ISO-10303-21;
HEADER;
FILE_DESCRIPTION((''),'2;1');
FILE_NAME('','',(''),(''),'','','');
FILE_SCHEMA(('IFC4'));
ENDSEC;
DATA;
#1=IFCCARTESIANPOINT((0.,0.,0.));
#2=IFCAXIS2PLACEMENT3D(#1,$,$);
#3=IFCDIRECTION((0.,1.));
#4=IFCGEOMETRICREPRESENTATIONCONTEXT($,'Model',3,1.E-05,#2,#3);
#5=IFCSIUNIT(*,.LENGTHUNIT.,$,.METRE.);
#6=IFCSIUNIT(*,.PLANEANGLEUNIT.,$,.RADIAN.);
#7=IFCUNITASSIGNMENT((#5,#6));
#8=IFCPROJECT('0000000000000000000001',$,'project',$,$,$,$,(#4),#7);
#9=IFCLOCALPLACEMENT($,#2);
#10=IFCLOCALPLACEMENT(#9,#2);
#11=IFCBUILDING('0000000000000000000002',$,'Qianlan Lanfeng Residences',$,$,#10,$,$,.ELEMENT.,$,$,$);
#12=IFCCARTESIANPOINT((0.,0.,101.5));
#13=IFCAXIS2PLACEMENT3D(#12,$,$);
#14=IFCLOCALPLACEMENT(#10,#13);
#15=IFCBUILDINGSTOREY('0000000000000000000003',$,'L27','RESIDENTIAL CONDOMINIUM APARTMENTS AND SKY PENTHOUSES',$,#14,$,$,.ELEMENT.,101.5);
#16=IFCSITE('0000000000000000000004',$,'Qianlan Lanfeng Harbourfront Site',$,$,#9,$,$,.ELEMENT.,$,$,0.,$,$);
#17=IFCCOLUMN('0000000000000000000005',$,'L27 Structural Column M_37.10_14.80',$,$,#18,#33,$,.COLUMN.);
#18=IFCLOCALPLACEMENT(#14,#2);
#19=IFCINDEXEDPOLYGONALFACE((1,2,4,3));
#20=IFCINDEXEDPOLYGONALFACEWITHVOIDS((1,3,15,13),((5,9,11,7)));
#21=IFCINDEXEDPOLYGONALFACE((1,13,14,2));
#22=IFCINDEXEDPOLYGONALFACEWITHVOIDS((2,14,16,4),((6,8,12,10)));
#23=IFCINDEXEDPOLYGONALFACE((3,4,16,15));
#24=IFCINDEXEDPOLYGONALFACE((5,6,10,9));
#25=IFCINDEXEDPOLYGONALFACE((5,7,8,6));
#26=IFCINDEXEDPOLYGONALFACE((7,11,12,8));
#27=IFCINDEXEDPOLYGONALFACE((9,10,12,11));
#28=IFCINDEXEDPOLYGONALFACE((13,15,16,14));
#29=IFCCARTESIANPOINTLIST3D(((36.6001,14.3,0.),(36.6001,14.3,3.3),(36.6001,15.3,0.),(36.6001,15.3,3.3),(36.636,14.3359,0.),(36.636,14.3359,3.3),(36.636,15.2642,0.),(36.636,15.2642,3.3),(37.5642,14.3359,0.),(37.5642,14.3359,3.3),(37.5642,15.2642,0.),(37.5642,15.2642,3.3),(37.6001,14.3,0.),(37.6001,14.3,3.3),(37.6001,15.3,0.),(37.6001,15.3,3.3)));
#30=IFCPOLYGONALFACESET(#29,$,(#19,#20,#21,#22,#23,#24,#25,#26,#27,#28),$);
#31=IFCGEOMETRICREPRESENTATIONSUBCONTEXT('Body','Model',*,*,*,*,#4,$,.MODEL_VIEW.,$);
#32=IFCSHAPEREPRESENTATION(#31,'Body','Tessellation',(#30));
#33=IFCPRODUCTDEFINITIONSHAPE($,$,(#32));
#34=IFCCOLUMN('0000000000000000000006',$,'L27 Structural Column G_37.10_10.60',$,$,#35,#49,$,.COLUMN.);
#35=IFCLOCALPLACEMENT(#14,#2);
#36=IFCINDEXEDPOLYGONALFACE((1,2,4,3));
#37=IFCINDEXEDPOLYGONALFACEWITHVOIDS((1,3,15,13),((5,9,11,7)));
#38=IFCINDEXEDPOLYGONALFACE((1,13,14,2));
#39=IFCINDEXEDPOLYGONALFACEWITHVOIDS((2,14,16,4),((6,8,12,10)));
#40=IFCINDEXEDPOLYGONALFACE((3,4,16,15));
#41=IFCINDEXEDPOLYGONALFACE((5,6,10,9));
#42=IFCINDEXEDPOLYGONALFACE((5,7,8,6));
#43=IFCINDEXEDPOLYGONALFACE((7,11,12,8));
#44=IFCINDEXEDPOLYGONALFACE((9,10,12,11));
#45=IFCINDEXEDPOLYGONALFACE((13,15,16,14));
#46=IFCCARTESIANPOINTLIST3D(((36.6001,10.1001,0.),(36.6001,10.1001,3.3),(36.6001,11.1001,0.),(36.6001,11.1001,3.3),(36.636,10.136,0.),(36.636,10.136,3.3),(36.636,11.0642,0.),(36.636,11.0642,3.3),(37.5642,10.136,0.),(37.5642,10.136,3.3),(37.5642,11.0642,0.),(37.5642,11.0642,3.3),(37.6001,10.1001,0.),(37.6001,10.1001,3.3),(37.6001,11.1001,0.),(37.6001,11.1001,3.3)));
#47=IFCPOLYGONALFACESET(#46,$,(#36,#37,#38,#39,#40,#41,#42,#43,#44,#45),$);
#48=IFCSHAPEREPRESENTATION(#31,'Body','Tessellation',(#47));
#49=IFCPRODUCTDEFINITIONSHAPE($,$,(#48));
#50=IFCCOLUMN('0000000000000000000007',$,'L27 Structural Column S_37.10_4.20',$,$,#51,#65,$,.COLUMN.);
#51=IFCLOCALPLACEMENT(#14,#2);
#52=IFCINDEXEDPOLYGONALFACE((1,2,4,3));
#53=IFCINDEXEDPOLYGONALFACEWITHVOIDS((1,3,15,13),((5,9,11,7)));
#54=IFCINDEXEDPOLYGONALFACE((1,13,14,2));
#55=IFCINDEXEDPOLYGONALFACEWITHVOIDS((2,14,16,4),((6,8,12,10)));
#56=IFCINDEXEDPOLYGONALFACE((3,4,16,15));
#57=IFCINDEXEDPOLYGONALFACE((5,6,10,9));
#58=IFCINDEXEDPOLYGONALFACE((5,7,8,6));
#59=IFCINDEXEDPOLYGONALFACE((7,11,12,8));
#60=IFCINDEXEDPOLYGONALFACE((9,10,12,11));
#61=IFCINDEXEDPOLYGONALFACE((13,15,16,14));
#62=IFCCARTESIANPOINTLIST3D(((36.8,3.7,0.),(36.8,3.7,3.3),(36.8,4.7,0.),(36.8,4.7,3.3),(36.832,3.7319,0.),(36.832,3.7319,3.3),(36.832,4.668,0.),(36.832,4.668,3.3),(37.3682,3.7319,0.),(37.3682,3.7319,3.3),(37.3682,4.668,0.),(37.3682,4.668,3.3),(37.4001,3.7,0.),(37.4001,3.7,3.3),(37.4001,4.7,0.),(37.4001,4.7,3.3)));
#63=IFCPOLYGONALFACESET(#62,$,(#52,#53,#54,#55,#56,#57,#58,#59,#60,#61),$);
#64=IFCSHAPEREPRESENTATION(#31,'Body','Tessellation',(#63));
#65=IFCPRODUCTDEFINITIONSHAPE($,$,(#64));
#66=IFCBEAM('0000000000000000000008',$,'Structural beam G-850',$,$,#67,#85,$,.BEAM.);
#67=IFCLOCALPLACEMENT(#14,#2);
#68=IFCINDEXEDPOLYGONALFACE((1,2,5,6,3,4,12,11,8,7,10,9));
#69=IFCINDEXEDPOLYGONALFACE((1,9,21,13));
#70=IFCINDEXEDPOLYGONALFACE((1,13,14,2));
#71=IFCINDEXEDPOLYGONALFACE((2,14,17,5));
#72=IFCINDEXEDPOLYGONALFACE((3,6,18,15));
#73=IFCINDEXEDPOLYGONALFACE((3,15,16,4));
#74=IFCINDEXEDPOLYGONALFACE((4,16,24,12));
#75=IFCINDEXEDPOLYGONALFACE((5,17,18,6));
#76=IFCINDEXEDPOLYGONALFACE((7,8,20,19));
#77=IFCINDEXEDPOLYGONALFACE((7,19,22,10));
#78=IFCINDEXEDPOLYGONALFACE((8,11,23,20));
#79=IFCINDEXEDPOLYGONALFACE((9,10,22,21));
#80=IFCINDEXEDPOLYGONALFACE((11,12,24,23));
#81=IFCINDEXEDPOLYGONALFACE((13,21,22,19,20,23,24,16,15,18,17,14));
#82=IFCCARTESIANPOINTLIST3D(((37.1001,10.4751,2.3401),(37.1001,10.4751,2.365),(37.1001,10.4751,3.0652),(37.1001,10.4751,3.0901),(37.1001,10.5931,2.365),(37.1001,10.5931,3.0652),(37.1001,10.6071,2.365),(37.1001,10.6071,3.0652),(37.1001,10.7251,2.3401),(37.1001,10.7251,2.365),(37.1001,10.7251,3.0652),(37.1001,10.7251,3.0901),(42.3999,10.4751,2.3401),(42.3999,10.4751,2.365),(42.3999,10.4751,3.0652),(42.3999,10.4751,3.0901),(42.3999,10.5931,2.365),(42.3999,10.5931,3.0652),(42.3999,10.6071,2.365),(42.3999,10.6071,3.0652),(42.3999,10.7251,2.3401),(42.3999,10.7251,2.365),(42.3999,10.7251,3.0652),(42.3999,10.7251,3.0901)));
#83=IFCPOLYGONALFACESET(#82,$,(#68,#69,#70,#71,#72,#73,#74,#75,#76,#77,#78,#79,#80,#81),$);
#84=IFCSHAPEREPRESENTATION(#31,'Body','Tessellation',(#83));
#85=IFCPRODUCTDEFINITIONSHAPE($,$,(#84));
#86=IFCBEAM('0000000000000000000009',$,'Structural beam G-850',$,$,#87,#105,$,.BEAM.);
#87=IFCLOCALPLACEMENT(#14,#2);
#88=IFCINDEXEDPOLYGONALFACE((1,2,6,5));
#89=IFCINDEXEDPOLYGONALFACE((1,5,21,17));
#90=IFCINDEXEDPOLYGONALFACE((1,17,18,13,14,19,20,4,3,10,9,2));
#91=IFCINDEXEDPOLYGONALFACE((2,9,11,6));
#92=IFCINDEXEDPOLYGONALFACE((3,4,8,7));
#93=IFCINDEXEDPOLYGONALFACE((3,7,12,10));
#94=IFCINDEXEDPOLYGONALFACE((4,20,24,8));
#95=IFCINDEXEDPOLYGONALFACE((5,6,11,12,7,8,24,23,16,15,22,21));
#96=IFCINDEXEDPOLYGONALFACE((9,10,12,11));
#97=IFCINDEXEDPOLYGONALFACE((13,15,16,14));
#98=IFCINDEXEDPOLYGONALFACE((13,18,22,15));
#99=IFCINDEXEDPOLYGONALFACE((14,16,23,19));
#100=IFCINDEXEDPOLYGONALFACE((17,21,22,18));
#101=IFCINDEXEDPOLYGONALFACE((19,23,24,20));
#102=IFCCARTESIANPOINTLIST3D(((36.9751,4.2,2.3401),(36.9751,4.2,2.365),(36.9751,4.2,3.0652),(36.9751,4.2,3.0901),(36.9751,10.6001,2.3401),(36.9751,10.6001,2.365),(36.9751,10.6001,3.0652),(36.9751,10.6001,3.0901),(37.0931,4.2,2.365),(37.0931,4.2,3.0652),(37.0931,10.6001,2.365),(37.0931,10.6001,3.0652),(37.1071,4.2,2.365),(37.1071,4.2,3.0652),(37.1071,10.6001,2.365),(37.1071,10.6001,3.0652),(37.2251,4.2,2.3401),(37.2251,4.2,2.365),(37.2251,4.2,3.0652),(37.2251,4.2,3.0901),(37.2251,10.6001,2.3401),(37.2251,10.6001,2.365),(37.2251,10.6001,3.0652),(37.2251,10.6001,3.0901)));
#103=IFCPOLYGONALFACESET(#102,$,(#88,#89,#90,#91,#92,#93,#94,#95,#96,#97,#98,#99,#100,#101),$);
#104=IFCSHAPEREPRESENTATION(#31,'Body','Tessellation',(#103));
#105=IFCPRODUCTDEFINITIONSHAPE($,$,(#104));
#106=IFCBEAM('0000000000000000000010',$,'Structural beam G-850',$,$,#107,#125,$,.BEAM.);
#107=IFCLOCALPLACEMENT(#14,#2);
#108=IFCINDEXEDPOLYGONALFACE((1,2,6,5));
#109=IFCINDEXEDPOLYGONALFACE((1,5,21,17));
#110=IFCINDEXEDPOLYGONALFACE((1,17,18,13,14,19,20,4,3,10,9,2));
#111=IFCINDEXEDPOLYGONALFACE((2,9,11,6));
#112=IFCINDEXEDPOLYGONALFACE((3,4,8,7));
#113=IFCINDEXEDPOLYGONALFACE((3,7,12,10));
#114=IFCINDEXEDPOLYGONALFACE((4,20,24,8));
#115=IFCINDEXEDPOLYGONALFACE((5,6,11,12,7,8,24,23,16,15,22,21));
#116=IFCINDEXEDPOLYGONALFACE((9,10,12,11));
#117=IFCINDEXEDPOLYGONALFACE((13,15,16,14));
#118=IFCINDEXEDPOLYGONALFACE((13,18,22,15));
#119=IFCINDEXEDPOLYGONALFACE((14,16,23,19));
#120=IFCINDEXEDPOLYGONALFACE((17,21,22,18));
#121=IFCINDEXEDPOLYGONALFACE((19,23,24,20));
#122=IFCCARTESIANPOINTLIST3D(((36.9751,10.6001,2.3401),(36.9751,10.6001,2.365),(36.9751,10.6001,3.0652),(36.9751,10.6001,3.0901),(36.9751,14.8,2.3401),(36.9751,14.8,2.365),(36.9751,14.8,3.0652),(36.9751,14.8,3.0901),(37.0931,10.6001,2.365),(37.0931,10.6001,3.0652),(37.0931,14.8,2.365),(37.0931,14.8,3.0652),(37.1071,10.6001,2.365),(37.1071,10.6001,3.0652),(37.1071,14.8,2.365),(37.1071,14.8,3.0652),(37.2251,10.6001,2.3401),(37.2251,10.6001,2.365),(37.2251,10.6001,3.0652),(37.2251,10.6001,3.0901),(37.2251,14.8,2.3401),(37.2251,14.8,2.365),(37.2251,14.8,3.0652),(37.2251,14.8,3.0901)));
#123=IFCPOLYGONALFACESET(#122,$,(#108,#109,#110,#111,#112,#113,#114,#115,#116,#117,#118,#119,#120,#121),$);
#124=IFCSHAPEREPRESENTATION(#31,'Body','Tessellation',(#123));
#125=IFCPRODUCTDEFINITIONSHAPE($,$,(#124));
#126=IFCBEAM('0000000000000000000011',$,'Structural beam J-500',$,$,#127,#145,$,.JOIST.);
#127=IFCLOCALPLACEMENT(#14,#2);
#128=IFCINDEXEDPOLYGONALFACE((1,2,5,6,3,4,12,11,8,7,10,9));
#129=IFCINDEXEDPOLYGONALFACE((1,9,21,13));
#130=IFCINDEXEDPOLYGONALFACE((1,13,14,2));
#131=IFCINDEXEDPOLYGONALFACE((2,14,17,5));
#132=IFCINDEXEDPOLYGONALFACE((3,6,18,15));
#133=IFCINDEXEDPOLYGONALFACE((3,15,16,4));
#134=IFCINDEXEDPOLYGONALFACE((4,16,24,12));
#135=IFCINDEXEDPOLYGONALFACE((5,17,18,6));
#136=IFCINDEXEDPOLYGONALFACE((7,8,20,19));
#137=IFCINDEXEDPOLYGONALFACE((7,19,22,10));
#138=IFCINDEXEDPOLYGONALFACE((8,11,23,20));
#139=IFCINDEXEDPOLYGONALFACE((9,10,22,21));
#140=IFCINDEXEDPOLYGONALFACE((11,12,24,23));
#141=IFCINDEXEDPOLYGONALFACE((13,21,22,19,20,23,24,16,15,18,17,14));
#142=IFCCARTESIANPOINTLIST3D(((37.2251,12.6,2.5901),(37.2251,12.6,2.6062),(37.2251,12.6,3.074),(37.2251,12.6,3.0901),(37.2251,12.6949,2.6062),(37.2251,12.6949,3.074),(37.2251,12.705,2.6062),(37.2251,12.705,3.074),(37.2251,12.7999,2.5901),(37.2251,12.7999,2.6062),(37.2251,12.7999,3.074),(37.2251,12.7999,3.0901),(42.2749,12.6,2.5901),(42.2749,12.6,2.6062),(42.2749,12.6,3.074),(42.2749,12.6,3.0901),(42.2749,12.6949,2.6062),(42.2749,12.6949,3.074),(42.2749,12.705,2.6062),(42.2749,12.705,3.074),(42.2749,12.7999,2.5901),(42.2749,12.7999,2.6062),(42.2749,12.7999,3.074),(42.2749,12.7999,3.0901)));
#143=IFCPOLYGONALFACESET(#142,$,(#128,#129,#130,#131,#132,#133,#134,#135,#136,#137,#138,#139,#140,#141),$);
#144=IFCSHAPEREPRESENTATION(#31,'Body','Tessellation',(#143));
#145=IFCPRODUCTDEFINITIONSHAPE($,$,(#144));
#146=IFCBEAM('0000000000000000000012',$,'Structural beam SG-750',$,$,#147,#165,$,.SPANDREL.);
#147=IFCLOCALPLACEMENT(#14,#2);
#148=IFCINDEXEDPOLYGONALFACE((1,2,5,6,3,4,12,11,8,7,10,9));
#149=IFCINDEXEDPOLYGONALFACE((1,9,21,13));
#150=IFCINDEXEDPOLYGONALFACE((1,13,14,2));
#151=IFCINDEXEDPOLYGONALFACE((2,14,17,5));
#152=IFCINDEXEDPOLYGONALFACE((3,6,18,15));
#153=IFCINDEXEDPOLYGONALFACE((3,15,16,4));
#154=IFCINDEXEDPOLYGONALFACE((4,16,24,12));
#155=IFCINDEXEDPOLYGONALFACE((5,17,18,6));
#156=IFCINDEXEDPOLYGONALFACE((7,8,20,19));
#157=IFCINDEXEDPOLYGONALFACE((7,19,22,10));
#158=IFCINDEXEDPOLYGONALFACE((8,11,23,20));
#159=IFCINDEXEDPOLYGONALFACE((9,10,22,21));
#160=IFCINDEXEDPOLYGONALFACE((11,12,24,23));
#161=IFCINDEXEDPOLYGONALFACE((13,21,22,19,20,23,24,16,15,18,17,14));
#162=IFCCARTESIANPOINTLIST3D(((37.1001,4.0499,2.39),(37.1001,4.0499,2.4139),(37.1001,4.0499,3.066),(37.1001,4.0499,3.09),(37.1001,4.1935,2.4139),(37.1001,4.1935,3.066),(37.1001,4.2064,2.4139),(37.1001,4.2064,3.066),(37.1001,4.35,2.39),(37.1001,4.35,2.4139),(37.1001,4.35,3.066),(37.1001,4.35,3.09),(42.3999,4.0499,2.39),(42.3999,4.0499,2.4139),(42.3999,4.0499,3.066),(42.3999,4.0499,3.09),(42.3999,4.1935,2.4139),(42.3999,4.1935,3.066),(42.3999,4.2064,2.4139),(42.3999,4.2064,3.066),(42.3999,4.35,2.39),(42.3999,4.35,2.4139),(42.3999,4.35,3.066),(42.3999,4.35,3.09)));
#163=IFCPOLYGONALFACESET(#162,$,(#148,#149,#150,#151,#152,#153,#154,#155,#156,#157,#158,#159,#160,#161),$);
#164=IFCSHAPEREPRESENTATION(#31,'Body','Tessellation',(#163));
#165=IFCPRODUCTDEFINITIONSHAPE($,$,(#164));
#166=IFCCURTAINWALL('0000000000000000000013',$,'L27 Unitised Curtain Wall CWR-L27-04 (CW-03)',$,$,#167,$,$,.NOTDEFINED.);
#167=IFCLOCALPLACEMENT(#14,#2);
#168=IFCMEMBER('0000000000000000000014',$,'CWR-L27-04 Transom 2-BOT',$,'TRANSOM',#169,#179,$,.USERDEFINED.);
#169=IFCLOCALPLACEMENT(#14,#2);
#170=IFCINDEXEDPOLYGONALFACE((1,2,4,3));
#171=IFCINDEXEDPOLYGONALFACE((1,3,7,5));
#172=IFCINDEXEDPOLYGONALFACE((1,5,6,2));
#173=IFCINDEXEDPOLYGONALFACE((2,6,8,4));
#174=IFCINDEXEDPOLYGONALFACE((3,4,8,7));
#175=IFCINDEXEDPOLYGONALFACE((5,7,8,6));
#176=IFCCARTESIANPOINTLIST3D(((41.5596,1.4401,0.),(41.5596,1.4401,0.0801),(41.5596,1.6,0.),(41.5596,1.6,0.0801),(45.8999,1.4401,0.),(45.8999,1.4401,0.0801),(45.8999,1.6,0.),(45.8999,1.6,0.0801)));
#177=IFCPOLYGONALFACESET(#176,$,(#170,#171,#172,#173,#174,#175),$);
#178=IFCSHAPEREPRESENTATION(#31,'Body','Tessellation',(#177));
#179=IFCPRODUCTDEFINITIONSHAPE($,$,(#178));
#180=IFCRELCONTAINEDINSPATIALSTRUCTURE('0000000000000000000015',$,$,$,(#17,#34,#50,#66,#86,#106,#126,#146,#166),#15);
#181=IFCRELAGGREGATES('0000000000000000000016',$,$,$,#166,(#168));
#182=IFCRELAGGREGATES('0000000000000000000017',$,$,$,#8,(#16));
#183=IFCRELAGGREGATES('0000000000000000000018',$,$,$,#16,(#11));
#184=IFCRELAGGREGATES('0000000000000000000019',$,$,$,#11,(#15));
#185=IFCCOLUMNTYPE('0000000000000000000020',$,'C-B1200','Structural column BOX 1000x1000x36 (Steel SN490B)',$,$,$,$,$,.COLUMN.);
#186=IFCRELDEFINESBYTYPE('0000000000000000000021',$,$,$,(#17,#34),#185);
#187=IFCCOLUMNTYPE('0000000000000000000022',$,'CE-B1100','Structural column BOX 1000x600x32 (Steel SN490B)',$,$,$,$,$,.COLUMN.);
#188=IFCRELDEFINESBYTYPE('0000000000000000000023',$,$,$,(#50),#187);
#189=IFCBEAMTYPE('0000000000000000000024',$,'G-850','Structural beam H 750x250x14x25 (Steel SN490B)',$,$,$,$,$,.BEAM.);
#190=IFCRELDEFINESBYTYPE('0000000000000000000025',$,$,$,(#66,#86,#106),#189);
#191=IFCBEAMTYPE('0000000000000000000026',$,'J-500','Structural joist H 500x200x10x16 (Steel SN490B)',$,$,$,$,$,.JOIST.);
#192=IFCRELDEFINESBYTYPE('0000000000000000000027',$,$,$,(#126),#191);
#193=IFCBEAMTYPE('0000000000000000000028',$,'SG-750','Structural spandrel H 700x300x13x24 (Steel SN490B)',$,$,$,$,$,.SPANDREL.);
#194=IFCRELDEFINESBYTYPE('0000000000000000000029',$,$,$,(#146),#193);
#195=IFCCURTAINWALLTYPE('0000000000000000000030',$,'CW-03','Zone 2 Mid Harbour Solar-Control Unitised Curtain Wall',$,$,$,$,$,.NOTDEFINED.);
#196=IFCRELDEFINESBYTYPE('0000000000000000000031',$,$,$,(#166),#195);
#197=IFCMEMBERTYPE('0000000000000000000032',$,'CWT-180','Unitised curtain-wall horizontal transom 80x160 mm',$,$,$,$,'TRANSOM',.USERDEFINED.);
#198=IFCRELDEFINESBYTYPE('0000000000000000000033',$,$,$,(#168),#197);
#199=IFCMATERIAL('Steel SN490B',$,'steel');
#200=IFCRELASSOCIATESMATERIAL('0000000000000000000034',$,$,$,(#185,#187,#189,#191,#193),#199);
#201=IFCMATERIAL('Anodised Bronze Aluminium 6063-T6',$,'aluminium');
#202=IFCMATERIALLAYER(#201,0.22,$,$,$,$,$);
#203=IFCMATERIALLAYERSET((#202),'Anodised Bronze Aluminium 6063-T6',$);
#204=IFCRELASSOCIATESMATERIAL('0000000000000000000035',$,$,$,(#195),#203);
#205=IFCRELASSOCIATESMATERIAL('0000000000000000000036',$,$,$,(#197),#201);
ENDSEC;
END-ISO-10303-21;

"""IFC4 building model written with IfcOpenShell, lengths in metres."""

from ifc_helpers import new_model, si_unit, direction, frame, origin, origin_2d, place, context, subcontext, project, spatial, rectangle, hollow_rectangle, i_section, extrude, source, transform, mapped, material, layer, layer_set, material_profile, profile_set, type_object, element, aggregate, save


model = new_model("IFC4")

# Units and contexts
model_context = context("Model", 3, precision=1e-05, world=origin(), true_north=direction((0.0, 1.0)))
body_context = subcontext(model_context, "Body", "Model", "MODEL_VIEW")
ifc_project = project(units=[si_unit("LENGTHUNIT", "METRE"), si_unit("PLANEANGLEUNIT", "RADIAN")], contexts=[model_context])

# Site, building, storey
site_placement = place(None, origin())
site = spatial("IfcSite", under=ifc_project, at=site_placement, Name="Qianlan Lanfeng Harbourfront Site", CompositionType="ELEMENT", RefElevation=0.0)
building_placement = place(site_placement, origin())
building = spatial("IfcBuilding", under=site, at=building_placement, Name="Qianlan Lanfeng Residences", CompositionType="ELEMENT")
storey_placement = place(building_placement, frame((0.0, 0.0, 101.5)))
storey = spatial("IfcBuildingStorey", under=building, at=storey_placement, Name="L27", Description="RESIDENTIAL CONDOMINIUM APARTMENTS AND SKY PENTHOUSES", CompositionType="ELEMENT", Elevation=101.5)

# Columns
ifc_material_1 = material(Name="Steel SN490B", Category="steel")
ifc_material_profile_1 = material_profile(ifc_material_1, hollow_rectangle(XDim=1.0, YDim=1.0, WallThickness=0.0359, at=origin_2d()), Name="BOX 1000x1000x36")
ifc_profile_set_1 = profile_set([ifc_material_profile_1], Name="Steel SN490B")
column_type_1 = type_object("IfcColumnType", Name="C-B1200", Description="Structural column BOX 1000x1000x36 (Steel SN490B)", PredefinedType="COLUMN", material=ifc_profile_set_1)
for number, where, z_axis, x_axis, name in (
    (1, (37.1001, 14.8, 0.0), (0.0, 0.0, 1.0), (1.0, 0.0, 0.0), "L27 Structural Column M_37.10_14.80"),
    (2, (37.1001, 10.6001, 0.0), (0.0, 0.0, 1.0), (1.0, 0.0, 0.0), "L27 Structural Column G_37.10_10.60"),
):
    element("IfcColumn", number, at=place(storey_placement, frame(where, z_axis=z_axis, x_axis=x_axis)), inside=storey, type_object=column_type_1, Name=name, PredefinedType="COLUMN", context=body_context, shape_type="SweptSolid", body=[
        extrude(hollow_rectangle(XDim=1.0, YDim=1.0, WallThickness=0.0359, at=origin_2d()), origin(), (0.0, 0.0, 1.0), 3.3),
    ])
ifc_material_profile_2 = material_profile(ifc_material_1, hollow_rectangle(XDim=0.6001, YDim=1.0, WallThickness=0.032, at=origin_2d()), Name="BOX 1000x600x32")
ifc_profile_set_2 = profile_set([ifc_material_profile_2], Name="Steel SN490B")
column_type_2 = type_object("IfcColumnType", Name="CE-B1100", Description="Structural column BOX 1000x600x32 (Steel SN490B)", PredefinedType="COLUMN", material=ifc_profile_set_2)
column_placement = place(storey_placement, frame((37.1001, 4.2, 0.0), z_axis=(0.0, 0.0, 1.0), x_axis=(1.0, 0.0, 0.0)))
element("IfcColumn", 3, at=column_placement, inside=storey, type_object=column_type_2, Name="L27 Structural Column S_37.10_4.20", PredefinedType="COLUMN", context=body_context, shape_type="SweptSolid", body=[
    extrude(hollow_rectangle(XDim=0.6001, YDim=1.0, WallThickness=0.032, at=origin_2d()), origin(), (0.0, 0.0, 1.0), 3.3),
])

# Beams
ifc_material_profile_3 = material_profile(ifc_material_1, i_section(OverallWidth=0.25, OverallDepth=0.75, WebThickness=0.0139, FlangeThickness=0.0249, at=origin_2d()), Name="H 750x250x14x25")
ifc_profile_set_3 = profile_set([ifc_material_profile_3], Name="Steel SN490B")
beam_type_1 = type_object("IfcBeamType", Name="G-850", Description="Structural beam H 750x250x14x25 (Steel SN490B)", PredefinedType="BEAM", material=ifc_profile_set_3)
beam_1_placement = place(storey_placement, frame((37.1001, 10.6001, 2.7151), z_axis=(1.0, 0.0, 0.0), x_axis=(0.0, 1.0, 0.0)))
element("IfcBeam", 4, at=beam_1_placement, inside=storey, type_object=beam_type_1, Name="Structural beam G-850", PredefinedType="BEAM", context=body_context, shape_type="SweptSolid", body=[
    extrude(i_section(OverallWidth=0.25, OverallDepth=0.75, WebThickness=0.0139, FlangeThickness=0.0249, at=origin_2d()), origin(), (0.0, 0.0, 1.0), 5.2998),
])
beam_2_placement = place(storey_placement, frame((37.1001, 4.2, 2.7151), z_axis=(0.0, 1.0, 0.0), x_axis=(-1.0, 0.0, 0.0)))
element("IfcBeam", 5, at=beam_2_placement, inside=storey, type_object=beam_type_1, Name="Structural beam G-850", PredefinedType="BEAM", context=body_context, shape_type="SweptSolid", body=[
    extrude(i_section(OverallWidth=0.25, OverallDepth=0.75, WebThickness=0.0139, FlangeThickness=0.0249, at=origin_2d()), origin(), (0.0, 0.0, 1.0), 6.4001),
])
beam_3_placement = place(storey_placement, frame((37.1001, 10.6001, 2.7151), z_axis=(0.0, 1.0, 0.0), x_axis=(-1.0, 0.0, 0.0)))
element("IfcBeam", 6, at=beam_3_placement, inside=storey, type_object=beam_type_1, Name="Structural beam G-850", PredefinedType="BEAM", context=body_context, shape_type="SweptSolid", body=[
    extrude(i_section(OverallWidth=0.25, OverallDepth=0.75, WebThickness=0.0139, FlangeThickness=0.0249, at=origin_2d()), origin(), (0.0, 0.0, 1.0), 4.2),
])
ifc_material_profile_4 = material_profile(ifc_material_1, i_section(OverallWidth=0.2, OverallDepth=0.5, WebThickness=0.01, FlangeThickness=0.0161, at=origin_2d()), Name="H 500x200x10x16")
ifc_profile_set_4 = profile_set([ifc_material_profile_4], Name="Steel SN490B")
beam_type_2 = type_object("IfcBeamType", Name="J-500", Description="Structural joist H 500x200x10x16 (Steel SN490B)", PredefinedType="JOIST", material=ifc_profile_set_4)
beam_4_placement = place(storey_placement, frame((37.2251, 12.7, 2.8401), z_axis=(1.0, 0.0, 0.0), x_axis=(0.0, 1.0, 0.0)))
element("IfcBeam", 7, at=beam_4_placement, inside=storey, type_object=beam_type_2, Name="Structural beam J-500", PredefinedType="JOIST", context=body_context, shape_type="SweptSolid", body=[
    extrude(i_section(OverallWidth=0.2, OverallDepth=0.5, WebThickness=0.01, FlangeThickness=0.0161, at=origin_2d()), origin(), (0.0, 0.0, 1.0), 5.0498),
])
ifc_material_profile_5 = material_profile(ifc_material_1, i_section(OverallWidth=0.3, OverallDepth=0.7, WebThickness=0.0129, FlangeThickness=0.0239, at=origin_2d()), Name="H 700x300x13x24")
ifc_profile_set_5 = profile_set([ifc_material_profile_5], Name="Steel SN490B")
beam_type_3 = type_object("IfcBeamType", Name="SG-750", Description="Structural spandrel H 700x300x13x24 (Steel SN490B)", PredefinedType="SPANDREL", material=ifc_profile_set_5)
beam_5_placement = place(storey_placement, frame((37.1001, 4.2, 2.74), z_axis=(1.0, 0.0, 0.0), x_axis=(0.0, 1.0, 0.0)))
element("IfcBeam", 8, at=beam_5_placement, inside=storey, type_object=beam_type_3, Name="Structural beam SG-750", PredefinedType="SPANDREL", context=body_context, shape_type="SweptSolid", body=[
    extrude(i_section(OverallWidth=0.3, OverallDepth=0.7, WebThickness=0.0129, FlangeThickness=0.0239, at=origin_2d()), origin(), (0.0, 0.0, 1.0), 5.2998),
])

# Curtain wall, member
ifc_material_2 = material(Name="Anodised Bronze Aluminium 6063-T6", Category="aluminium")
ifc_layer_1 = layer(ifc_material_2, 0.22)
ifc_layer_set_1 = layer_set([ifc_layer_1], Name="Anodised Bronze Aluminium 6063-T6")
curtain_wall_type = type_object("IfcCurtainWallType", Name="CW-03", Description="Zone 2 Mid Harbour Solar-Control Unitised Curtain Wall", PredefinedType="NOTDEFINED", material=ifc_layer_set_1)
curtain_wall_1_placement = place(storey_placement, origin())
curtain_wall_1 = element("IfcCurtainWall", 9, at=curtain_wall_1_placement, inside=storey, type_object=curtain_wall_type, Name="L27 Unitised Curtain Wall CWR-L27-04 (CW-03)", PredefinedType="NOTDEFINED")
ifc_material_profile_6 = material_profile(ifc_material_2, rectangle(XDim=0.0801, YDim=0.1599, at=origin_2d()), Name="ALU TRANSOM 80x160")
ifc_profile_set_6 = profile_set([ifc_material_profile_6], Name="Anodised Bronze Aluminium 6063-T6")
member_type_1 = type_object("IfcMemberType", Name="CWT-180", Description="Unitised curtain-wall horizontal transom 80x160 mm", ElementType="TRANSOM", PredefinedType="USERDEFINED", material=ifc_profile_set_6)
shared_shape_1 = source(origin(), body_context, "Body", "SweptSolid", [
    extrude(rectangle(XDim=0.0801, YDim=0.1599, at=origin_2d()), origin(), (0.0, 0.0, 1.0), 4.3403),
])
member_1_placement = place(storey_placement, frame((41.5596, 1.52, 0.04), z_axis=(1.0, 0.0, 0.0), x_axis=(0.0, 0.0, 1.0)))
member_1 = element("IfcMember", 10, at=member_1_placement, type_object=member_type_1, Name="CWR-L27-04 Transom 2-BOT", ObjectType="TRANSOM", PredefinedType="USERDEFINED", context=body_context, shape_type="MappedRepresentation", body=[
    mapped(shared_shape_1, transform((0.0, 0.0, 0.0), scale=1.0)),
])

aggregate(curtain_wall_1, [member_1])

save(model, "model.ifc")
